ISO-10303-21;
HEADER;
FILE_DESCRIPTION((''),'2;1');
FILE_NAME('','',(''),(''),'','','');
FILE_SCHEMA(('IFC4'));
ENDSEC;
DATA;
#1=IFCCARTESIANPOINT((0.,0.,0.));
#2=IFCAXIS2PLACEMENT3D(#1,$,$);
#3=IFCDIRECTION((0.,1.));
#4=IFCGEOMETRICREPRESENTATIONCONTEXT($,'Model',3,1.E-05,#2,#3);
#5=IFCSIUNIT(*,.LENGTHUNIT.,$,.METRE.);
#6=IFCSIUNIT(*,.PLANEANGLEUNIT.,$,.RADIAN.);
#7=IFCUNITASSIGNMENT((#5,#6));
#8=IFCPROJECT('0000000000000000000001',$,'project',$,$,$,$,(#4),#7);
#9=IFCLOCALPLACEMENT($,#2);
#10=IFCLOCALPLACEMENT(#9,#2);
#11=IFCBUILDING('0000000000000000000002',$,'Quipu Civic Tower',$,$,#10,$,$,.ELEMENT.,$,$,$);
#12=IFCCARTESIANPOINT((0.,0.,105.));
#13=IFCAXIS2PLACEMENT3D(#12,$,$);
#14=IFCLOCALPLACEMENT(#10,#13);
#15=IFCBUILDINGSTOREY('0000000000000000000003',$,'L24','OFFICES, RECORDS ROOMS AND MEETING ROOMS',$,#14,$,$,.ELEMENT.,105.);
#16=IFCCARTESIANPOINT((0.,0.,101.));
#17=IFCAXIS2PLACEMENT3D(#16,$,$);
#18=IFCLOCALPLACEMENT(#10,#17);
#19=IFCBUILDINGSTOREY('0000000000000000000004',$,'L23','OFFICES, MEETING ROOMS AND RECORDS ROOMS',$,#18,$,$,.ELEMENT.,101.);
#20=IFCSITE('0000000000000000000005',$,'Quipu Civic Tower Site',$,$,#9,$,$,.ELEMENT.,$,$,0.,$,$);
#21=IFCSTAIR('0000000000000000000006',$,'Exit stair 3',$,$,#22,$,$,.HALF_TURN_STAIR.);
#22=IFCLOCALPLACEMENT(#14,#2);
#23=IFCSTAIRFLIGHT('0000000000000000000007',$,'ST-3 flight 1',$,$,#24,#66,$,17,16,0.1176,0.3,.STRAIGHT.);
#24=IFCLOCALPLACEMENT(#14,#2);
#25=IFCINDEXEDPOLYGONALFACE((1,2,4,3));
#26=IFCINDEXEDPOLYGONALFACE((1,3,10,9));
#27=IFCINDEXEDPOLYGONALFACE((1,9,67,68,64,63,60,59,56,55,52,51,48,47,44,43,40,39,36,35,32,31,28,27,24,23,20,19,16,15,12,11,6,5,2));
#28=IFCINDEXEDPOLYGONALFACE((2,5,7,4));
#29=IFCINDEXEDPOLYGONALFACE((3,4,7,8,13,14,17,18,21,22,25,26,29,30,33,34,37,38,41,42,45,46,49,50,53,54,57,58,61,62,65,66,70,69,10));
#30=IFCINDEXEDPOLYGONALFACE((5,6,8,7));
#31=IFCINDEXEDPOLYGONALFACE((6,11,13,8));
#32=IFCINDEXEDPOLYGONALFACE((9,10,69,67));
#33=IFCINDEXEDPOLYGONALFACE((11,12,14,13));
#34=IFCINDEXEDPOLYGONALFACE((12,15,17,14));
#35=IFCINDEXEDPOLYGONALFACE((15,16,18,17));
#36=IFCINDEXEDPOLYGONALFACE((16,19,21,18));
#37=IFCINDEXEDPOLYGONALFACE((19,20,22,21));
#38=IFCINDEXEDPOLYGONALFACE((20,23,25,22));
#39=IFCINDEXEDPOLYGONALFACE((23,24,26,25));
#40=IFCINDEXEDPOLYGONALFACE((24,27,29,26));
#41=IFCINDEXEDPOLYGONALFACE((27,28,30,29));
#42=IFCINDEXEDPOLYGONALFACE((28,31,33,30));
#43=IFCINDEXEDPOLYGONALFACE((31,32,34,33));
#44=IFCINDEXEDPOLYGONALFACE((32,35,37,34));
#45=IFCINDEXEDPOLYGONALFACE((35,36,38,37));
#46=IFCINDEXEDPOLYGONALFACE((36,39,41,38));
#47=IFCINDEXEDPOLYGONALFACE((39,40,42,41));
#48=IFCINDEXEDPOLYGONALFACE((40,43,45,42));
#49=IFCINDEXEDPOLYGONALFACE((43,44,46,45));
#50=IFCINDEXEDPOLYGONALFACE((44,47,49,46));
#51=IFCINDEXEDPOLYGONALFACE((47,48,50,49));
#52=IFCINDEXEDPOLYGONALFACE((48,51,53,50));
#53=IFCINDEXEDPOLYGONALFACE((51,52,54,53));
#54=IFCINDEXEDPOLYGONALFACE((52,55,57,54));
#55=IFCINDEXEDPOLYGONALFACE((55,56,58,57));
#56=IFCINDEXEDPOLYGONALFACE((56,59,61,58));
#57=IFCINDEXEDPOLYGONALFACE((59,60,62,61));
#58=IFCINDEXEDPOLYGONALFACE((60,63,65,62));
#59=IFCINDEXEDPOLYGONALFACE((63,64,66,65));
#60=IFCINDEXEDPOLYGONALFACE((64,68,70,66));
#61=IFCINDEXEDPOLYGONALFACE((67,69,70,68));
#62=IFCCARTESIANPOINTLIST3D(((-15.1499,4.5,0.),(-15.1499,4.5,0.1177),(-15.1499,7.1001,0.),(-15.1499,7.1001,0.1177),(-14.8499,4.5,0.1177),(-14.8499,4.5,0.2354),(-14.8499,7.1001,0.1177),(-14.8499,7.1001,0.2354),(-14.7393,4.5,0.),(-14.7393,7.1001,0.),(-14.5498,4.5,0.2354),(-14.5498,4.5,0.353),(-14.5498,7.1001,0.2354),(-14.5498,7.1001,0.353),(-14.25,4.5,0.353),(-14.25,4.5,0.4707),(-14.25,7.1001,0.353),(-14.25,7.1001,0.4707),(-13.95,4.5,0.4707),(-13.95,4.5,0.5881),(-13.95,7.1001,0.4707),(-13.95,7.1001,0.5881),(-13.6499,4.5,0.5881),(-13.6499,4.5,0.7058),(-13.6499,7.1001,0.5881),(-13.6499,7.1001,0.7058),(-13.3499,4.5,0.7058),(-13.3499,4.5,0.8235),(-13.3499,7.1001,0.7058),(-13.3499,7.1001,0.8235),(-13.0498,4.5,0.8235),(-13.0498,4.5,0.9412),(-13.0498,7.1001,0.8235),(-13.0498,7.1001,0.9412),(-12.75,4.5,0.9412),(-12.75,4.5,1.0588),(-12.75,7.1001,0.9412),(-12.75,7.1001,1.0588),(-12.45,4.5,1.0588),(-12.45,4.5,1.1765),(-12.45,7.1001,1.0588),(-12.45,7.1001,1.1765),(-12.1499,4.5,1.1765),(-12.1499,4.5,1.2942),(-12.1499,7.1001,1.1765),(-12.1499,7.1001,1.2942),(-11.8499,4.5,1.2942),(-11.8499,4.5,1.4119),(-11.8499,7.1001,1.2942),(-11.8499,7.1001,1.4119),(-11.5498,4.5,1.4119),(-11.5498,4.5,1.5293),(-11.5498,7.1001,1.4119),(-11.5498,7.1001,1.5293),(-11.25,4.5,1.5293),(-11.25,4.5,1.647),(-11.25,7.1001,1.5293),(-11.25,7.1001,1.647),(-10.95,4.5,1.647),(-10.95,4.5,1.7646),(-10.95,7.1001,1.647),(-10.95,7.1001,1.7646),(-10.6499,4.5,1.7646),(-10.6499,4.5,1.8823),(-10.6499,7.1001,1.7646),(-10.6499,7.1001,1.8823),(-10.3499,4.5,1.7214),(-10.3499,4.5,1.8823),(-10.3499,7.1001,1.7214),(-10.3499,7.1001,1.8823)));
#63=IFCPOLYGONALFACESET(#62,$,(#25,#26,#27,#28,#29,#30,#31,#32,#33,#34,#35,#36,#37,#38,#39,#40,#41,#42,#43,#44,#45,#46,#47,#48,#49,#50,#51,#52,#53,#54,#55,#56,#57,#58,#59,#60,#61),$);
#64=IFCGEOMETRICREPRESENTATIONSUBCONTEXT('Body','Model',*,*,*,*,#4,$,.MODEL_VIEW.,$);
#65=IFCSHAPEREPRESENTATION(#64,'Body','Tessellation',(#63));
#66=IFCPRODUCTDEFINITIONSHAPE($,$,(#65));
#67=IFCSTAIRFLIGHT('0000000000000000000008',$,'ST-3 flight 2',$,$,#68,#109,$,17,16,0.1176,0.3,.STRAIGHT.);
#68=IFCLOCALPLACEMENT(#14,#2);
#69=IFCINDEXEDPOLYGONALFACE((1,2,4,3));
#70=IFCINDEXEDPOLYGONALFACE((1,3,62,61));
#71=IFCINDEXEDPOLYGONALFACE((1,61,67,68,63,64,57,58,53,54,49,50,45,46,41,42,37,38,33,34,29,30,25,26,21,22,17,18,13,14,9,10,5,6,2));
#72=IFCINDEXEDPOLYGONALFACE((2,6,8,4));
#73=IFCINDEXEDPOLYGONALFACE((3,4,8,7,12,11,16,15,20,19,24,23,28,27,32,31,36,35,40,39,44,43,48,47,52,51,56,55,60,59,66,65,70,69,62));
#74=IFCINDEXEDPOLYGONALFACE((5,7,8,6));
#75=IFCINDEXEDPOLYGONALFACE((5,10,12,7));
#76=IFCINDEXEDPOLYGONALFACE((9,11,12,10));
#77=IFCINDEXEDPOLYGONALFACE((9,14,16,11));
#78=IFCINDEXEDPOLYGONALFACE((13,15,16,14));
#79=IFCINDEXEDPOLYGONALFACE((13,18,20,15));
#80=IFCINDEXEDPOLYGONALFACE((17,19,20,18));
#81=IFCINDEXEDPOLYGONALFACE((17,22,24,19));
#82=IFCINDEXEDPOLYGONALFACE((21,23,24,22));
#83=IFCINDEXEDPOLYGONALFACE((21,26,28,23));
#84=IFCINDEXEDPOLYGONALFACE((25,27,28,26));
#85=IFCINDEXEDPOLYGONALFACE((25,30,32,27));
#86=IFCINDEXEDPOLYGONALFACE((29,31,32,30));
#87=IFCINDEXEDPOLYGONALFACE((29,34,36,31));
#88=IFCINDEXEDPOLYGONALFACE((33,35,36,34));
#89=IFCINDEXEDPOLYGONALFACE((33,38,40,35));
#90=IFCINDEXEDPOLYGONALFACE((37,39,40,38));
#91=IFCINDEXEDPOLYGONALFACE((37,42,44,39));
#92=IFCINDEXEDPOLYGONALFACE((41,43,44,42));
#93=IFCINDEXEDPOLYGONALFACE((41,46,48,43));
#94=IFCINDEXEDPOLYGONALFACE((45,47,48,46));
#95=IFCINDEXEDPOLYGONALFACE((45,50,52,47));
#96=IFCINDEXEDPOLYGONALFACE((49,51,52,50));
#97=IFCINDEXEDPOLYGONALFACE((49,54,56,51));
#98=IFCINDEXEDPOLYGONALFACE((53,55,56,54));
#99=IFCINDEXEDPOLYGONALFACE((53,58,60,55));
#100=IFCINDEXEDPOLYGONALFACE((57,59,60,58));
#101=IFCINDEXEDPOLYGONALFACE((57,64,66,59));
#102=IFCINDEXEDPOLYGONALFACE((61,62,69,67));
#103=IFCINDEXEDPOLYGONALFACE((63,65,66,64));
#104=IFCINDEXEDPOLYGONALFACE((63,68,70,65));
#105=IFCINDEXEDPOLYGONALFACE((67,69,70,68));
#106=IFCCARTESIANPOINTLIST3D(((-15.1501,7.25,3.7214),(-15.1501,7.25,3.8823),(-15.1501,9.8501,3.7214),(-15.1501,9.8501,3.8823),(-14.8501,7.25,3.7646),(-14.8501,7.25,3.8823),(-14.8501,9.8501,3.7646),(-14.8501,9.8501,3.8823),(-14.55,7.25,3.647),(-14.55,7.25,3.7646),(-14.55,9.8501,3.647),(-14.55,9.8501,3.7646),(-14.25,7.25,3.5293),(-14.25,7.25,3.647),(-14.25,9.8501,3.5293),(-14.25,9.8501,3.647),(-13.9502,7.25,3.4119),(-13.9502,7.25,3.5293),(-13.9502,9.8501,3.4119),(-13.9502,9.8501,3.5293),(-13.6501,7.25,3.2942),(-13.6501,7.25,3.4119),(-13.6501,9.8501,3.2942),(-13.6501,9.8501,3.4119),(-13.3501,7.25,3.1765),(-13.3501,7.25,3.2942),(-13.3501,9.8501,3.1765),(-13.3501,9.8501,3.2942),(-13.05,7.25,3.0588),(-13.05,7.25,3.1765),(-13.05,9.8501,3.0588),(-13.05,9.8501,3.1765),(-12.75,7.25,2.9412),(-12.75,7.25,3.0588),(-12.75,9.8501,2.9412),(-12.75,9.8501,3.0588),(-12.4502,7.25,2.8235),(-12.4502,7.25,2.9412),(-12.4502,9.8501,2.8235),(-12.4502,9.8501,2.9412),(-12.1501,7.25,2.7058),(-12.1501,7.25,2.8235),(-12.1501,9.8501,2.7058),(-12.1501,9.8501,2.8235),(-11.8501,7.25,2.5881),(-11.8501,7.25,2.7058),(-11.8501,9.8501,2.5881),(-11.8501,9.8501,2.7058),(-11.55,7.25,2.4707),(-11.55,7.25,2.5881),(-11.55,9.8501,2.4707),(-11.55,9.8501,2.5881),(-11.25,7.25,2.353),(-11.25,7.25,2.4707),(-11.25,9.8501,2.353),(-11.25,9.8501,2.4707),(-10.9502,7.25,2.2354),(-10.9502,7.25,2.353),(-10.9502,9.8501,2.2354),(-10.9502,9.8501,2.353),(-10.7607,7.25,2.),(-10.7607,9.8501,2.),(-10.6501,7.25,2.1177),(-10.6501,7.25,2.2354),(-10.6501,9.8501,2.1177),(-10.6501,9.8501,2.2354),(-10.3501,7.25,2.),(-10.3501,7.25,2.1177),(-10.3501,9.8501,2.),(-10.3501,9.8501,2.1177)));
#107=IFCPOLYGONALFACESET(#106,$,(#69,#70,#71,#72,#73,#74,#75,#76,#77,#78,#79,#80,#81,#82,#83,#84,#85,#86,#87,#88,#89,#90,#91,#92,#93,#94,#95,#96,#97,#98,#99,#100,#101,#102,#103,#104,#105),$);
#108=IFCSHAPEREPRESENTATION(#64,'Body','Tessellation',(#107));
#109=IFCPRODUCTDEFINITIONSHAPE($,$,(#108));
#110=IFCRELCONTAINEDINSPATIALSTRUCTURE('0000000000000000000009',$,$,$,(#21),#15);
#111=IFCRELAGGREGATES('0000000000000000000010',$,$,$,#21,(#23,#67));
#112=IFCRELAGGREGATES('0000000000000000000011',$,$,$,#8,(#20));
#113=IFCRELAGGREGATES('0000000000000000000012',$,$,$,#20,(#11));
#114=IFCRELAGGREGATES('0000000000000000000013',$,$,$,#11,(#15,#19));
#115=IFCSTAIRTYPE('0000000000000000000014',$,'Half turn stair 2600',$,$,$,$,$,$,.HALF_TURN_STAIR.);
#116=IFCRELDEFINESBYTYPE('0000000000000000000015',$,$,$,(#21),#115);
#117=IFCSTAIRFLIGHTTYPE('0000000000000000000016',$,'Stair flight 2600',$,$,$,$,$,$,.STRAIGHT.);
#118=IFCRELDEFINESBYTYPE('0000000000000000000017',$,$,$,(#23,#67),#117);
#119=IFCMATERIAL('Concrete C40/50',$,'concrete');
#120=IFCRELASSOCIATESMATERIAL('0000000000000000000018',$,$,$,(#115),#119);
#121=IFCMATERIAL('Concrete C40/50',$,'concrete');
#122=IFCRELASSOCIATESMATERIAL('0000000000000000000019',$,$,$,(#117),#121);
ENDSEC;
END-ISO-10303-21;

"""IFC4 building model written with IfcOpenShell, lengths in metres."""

from ifc_helpers import new_model, si_unit, direction, frame, origin, place, context, subcontext, project, spatial, polyline, outline, extrude, material, type_object, element, aggregate, save


model = new_model("IFC4")

# Units and contexts
model_context = context("Model", 3, precision=1e-05, world=origin(), true_north=direction((0.0, 1.0)))
body_context = subcontext(model_context, "Body", "Model", "MODEL_VIEW")
ifc_project = project(units=[si_unit("LENGTHUNIT", "METRE"), si_unit("PLANEANGLEUNIT", "RADIAN")], contexts=[model_context])

# Site, building, storey
site_placement = place(None, origin())
site = spatial("IfcSite", under=ifc_project, at=site_placement, Name="Quipu Civic Tower Site", CompositionType="ELEMENT", RefElevation=0.0)
building_placement = place(site_placement, origin())
building = spatial("IfcBuilding", under=site, at=building_placement, Name="Quipu Civic Tower", CompositionType="ELEMENT")
storey_1_placement = place(building_placement, frame((0.0, 0.0, 105.0)))
storey_1 = spatial("IfcBuildingStorey", under=building, at=storey_1_placement, Name="L24", Description="OFFICES, RECORDS ROOMS AND MEETING ROOMS", CompositionType="ELEMENT", Elevation=105.0)

# Shared definitions
storey_2_placement = place(building_placement, frame((0.0, 0.0, 101.0)))
storey_2 = spatial("IfcBuildingStorey", under=building, at=storey_2_placement, Name="L23", Description="OFFICES, MEETING ROOMS AND RECORDS ROOMS", CompositionType="ELEMENT", Elevation=101.0)

# Stair, stair flights
ifc_material_1 = material(Name="Concrete C40/50", Category="concrete")
stair_type = type_object("IfcStairType", Name="Half turn stair 2600", PredefinedType="HALF_TURN_STAIR", material=ifc_material_1)
stair_placement = place(storey_1_placement, origin())
stair = element("IfcStair", 1, at=stair_placement, inside=storey_1, type_object=stair_type, Name="Exit stair 3", PredefinedType="HALF_TURN_STAIR")
ifc_material_2 = material(Name="Concrete C40/50", Category="concrete")
stair_flight_type = type_object("IfcStairFlightType", Name="Stair flight 2600", PredefinedType="STRAIGHT", material=ifc_material_2)
stair_flight_1_placement = place(storey_1_placement, frame((-15.1499, 5.8, 0.0), z_axis=(0.0, 0.0, 1.0), x_axis=(1.0, 0.0, 0.0)))
stair_flight_1 = element("IfcStairFlight", 2, at=stair_flight_1_placement, type_object=stair_flight_type, Name="ST-3 flight 1", NumberOfRisers=17, NumberOfTreads=16, PredefinedType="STRAIGHT", RiserHeight=0.1176, TreadLength=0.3, context=body_context, shape_type="SweptSolid", body=[
    extrude(outline(polyline([(0.0, 0.0), (0.0, 0.1177), (0.3, 0.1177), (0.3, 0.2354), (0.6001, 0.2354), (0.6001, 0.353), (0.8999, 0.353), (0.8999, 0.4707), (1.2, 0.4707), (1.2, 0.5881), (1.5, 0.5881), (1.5, 0.7058), (1.8, 0.7058), (1.8, 0.8235), (2.1001, 0.8235), (2.1001, 0.9412), (2.3999, 0.9412), (2.3999, 1.0588), (2.7, 1.0588), (2.7, 1.1765), (3.0, 1.1765), (3.0, 1.2942), (3.3, 1.2942), (3.3, 1.4119), (3.6001, 1.4119), (3.6001, 1.5293), (3.8999, 1.5293), (3.8999, 1.647), (4.2, 1.647), (4.2, 1.7646), (4.5, 1.7646), (4.5, 1.8823), (4.8, 1.8823), (4.8, 2.0), (4.8, 1.7214), (0.4106, 0.0), (0.0, 0.0)])), frame((0.0, 1.3, 0.0), z_axis=(0.0, -1.0, 0.0), x_axis=(1.0, 0.0, 0.0)), (0.0, 0.0, 1.0), 2.6001),
])
stair_flight_2_placement = place(storey_1_placement, frame((-10.3501, 8.55, 2.0), z_axis=(0.0, 0.0, 1.0), x_axis=(-1.0, 0.0, 0.0)))
stair_flight_2 = element("IfcStairFlight", 3, at=stair_flight_2_placement, type_object=stair_flight_type, Name="ST-3 flight 2", NumberOfRisers=17, NumberOfTreads=16, PredefinedType="STRAIGHT", RiserHeight=0.1176, TreadLength=0.3, context=body_context, shape_type="SweptSolid", body=[
    extrude(outline(polyline([(0.0, 0.0), (0.0, 0.1177), (0.3, 0.1177), (0.3, 0.2354), (0.6001, 0.2354), (0.6001, 0.353), (0.8999, 0.353), (0.8999, 0.4707), (1.2, 0.4707), (1.2, 0.5881), (1.5, 0.5881), (1.5, 0.7058), (1.8, 0.7058), (1.8, 0.8235), (2.1001, 0.8235), (2.1001, 0.9412), (2.3999, 0.9412), (2.3999, 1.0588), (2.7, 1.0588), (2.7, 1.1765), (3.0, 1.1765), (3.0, 1.2942), (3.3, 1.2942), (3.3, 1.4119), (3.6001, 1.4119), (3.6001, 1.5293), (3.8999, 1.5293), (3.8999, 1.647), (4.2, 1.647), (4.2, 1.7646), (4.5, 1.7646), (4.5, 1.8823), (4.8, 1.8823), (4.8, 2.0), (4.8, 1.7214), (0.4106, 0.0), (0.0, 0.0)])), frame((0.0, 1.3, 0.0), z_axis=(0.0, -1.0, 0.0), x_axis=(1.0, 0.0, 0.0)), (0.0, 0.0, 1.0), 2.6001),
])
aggregate(stair, [stair_flight_1, stair_flight_2])

save(model, "model.ifc")
